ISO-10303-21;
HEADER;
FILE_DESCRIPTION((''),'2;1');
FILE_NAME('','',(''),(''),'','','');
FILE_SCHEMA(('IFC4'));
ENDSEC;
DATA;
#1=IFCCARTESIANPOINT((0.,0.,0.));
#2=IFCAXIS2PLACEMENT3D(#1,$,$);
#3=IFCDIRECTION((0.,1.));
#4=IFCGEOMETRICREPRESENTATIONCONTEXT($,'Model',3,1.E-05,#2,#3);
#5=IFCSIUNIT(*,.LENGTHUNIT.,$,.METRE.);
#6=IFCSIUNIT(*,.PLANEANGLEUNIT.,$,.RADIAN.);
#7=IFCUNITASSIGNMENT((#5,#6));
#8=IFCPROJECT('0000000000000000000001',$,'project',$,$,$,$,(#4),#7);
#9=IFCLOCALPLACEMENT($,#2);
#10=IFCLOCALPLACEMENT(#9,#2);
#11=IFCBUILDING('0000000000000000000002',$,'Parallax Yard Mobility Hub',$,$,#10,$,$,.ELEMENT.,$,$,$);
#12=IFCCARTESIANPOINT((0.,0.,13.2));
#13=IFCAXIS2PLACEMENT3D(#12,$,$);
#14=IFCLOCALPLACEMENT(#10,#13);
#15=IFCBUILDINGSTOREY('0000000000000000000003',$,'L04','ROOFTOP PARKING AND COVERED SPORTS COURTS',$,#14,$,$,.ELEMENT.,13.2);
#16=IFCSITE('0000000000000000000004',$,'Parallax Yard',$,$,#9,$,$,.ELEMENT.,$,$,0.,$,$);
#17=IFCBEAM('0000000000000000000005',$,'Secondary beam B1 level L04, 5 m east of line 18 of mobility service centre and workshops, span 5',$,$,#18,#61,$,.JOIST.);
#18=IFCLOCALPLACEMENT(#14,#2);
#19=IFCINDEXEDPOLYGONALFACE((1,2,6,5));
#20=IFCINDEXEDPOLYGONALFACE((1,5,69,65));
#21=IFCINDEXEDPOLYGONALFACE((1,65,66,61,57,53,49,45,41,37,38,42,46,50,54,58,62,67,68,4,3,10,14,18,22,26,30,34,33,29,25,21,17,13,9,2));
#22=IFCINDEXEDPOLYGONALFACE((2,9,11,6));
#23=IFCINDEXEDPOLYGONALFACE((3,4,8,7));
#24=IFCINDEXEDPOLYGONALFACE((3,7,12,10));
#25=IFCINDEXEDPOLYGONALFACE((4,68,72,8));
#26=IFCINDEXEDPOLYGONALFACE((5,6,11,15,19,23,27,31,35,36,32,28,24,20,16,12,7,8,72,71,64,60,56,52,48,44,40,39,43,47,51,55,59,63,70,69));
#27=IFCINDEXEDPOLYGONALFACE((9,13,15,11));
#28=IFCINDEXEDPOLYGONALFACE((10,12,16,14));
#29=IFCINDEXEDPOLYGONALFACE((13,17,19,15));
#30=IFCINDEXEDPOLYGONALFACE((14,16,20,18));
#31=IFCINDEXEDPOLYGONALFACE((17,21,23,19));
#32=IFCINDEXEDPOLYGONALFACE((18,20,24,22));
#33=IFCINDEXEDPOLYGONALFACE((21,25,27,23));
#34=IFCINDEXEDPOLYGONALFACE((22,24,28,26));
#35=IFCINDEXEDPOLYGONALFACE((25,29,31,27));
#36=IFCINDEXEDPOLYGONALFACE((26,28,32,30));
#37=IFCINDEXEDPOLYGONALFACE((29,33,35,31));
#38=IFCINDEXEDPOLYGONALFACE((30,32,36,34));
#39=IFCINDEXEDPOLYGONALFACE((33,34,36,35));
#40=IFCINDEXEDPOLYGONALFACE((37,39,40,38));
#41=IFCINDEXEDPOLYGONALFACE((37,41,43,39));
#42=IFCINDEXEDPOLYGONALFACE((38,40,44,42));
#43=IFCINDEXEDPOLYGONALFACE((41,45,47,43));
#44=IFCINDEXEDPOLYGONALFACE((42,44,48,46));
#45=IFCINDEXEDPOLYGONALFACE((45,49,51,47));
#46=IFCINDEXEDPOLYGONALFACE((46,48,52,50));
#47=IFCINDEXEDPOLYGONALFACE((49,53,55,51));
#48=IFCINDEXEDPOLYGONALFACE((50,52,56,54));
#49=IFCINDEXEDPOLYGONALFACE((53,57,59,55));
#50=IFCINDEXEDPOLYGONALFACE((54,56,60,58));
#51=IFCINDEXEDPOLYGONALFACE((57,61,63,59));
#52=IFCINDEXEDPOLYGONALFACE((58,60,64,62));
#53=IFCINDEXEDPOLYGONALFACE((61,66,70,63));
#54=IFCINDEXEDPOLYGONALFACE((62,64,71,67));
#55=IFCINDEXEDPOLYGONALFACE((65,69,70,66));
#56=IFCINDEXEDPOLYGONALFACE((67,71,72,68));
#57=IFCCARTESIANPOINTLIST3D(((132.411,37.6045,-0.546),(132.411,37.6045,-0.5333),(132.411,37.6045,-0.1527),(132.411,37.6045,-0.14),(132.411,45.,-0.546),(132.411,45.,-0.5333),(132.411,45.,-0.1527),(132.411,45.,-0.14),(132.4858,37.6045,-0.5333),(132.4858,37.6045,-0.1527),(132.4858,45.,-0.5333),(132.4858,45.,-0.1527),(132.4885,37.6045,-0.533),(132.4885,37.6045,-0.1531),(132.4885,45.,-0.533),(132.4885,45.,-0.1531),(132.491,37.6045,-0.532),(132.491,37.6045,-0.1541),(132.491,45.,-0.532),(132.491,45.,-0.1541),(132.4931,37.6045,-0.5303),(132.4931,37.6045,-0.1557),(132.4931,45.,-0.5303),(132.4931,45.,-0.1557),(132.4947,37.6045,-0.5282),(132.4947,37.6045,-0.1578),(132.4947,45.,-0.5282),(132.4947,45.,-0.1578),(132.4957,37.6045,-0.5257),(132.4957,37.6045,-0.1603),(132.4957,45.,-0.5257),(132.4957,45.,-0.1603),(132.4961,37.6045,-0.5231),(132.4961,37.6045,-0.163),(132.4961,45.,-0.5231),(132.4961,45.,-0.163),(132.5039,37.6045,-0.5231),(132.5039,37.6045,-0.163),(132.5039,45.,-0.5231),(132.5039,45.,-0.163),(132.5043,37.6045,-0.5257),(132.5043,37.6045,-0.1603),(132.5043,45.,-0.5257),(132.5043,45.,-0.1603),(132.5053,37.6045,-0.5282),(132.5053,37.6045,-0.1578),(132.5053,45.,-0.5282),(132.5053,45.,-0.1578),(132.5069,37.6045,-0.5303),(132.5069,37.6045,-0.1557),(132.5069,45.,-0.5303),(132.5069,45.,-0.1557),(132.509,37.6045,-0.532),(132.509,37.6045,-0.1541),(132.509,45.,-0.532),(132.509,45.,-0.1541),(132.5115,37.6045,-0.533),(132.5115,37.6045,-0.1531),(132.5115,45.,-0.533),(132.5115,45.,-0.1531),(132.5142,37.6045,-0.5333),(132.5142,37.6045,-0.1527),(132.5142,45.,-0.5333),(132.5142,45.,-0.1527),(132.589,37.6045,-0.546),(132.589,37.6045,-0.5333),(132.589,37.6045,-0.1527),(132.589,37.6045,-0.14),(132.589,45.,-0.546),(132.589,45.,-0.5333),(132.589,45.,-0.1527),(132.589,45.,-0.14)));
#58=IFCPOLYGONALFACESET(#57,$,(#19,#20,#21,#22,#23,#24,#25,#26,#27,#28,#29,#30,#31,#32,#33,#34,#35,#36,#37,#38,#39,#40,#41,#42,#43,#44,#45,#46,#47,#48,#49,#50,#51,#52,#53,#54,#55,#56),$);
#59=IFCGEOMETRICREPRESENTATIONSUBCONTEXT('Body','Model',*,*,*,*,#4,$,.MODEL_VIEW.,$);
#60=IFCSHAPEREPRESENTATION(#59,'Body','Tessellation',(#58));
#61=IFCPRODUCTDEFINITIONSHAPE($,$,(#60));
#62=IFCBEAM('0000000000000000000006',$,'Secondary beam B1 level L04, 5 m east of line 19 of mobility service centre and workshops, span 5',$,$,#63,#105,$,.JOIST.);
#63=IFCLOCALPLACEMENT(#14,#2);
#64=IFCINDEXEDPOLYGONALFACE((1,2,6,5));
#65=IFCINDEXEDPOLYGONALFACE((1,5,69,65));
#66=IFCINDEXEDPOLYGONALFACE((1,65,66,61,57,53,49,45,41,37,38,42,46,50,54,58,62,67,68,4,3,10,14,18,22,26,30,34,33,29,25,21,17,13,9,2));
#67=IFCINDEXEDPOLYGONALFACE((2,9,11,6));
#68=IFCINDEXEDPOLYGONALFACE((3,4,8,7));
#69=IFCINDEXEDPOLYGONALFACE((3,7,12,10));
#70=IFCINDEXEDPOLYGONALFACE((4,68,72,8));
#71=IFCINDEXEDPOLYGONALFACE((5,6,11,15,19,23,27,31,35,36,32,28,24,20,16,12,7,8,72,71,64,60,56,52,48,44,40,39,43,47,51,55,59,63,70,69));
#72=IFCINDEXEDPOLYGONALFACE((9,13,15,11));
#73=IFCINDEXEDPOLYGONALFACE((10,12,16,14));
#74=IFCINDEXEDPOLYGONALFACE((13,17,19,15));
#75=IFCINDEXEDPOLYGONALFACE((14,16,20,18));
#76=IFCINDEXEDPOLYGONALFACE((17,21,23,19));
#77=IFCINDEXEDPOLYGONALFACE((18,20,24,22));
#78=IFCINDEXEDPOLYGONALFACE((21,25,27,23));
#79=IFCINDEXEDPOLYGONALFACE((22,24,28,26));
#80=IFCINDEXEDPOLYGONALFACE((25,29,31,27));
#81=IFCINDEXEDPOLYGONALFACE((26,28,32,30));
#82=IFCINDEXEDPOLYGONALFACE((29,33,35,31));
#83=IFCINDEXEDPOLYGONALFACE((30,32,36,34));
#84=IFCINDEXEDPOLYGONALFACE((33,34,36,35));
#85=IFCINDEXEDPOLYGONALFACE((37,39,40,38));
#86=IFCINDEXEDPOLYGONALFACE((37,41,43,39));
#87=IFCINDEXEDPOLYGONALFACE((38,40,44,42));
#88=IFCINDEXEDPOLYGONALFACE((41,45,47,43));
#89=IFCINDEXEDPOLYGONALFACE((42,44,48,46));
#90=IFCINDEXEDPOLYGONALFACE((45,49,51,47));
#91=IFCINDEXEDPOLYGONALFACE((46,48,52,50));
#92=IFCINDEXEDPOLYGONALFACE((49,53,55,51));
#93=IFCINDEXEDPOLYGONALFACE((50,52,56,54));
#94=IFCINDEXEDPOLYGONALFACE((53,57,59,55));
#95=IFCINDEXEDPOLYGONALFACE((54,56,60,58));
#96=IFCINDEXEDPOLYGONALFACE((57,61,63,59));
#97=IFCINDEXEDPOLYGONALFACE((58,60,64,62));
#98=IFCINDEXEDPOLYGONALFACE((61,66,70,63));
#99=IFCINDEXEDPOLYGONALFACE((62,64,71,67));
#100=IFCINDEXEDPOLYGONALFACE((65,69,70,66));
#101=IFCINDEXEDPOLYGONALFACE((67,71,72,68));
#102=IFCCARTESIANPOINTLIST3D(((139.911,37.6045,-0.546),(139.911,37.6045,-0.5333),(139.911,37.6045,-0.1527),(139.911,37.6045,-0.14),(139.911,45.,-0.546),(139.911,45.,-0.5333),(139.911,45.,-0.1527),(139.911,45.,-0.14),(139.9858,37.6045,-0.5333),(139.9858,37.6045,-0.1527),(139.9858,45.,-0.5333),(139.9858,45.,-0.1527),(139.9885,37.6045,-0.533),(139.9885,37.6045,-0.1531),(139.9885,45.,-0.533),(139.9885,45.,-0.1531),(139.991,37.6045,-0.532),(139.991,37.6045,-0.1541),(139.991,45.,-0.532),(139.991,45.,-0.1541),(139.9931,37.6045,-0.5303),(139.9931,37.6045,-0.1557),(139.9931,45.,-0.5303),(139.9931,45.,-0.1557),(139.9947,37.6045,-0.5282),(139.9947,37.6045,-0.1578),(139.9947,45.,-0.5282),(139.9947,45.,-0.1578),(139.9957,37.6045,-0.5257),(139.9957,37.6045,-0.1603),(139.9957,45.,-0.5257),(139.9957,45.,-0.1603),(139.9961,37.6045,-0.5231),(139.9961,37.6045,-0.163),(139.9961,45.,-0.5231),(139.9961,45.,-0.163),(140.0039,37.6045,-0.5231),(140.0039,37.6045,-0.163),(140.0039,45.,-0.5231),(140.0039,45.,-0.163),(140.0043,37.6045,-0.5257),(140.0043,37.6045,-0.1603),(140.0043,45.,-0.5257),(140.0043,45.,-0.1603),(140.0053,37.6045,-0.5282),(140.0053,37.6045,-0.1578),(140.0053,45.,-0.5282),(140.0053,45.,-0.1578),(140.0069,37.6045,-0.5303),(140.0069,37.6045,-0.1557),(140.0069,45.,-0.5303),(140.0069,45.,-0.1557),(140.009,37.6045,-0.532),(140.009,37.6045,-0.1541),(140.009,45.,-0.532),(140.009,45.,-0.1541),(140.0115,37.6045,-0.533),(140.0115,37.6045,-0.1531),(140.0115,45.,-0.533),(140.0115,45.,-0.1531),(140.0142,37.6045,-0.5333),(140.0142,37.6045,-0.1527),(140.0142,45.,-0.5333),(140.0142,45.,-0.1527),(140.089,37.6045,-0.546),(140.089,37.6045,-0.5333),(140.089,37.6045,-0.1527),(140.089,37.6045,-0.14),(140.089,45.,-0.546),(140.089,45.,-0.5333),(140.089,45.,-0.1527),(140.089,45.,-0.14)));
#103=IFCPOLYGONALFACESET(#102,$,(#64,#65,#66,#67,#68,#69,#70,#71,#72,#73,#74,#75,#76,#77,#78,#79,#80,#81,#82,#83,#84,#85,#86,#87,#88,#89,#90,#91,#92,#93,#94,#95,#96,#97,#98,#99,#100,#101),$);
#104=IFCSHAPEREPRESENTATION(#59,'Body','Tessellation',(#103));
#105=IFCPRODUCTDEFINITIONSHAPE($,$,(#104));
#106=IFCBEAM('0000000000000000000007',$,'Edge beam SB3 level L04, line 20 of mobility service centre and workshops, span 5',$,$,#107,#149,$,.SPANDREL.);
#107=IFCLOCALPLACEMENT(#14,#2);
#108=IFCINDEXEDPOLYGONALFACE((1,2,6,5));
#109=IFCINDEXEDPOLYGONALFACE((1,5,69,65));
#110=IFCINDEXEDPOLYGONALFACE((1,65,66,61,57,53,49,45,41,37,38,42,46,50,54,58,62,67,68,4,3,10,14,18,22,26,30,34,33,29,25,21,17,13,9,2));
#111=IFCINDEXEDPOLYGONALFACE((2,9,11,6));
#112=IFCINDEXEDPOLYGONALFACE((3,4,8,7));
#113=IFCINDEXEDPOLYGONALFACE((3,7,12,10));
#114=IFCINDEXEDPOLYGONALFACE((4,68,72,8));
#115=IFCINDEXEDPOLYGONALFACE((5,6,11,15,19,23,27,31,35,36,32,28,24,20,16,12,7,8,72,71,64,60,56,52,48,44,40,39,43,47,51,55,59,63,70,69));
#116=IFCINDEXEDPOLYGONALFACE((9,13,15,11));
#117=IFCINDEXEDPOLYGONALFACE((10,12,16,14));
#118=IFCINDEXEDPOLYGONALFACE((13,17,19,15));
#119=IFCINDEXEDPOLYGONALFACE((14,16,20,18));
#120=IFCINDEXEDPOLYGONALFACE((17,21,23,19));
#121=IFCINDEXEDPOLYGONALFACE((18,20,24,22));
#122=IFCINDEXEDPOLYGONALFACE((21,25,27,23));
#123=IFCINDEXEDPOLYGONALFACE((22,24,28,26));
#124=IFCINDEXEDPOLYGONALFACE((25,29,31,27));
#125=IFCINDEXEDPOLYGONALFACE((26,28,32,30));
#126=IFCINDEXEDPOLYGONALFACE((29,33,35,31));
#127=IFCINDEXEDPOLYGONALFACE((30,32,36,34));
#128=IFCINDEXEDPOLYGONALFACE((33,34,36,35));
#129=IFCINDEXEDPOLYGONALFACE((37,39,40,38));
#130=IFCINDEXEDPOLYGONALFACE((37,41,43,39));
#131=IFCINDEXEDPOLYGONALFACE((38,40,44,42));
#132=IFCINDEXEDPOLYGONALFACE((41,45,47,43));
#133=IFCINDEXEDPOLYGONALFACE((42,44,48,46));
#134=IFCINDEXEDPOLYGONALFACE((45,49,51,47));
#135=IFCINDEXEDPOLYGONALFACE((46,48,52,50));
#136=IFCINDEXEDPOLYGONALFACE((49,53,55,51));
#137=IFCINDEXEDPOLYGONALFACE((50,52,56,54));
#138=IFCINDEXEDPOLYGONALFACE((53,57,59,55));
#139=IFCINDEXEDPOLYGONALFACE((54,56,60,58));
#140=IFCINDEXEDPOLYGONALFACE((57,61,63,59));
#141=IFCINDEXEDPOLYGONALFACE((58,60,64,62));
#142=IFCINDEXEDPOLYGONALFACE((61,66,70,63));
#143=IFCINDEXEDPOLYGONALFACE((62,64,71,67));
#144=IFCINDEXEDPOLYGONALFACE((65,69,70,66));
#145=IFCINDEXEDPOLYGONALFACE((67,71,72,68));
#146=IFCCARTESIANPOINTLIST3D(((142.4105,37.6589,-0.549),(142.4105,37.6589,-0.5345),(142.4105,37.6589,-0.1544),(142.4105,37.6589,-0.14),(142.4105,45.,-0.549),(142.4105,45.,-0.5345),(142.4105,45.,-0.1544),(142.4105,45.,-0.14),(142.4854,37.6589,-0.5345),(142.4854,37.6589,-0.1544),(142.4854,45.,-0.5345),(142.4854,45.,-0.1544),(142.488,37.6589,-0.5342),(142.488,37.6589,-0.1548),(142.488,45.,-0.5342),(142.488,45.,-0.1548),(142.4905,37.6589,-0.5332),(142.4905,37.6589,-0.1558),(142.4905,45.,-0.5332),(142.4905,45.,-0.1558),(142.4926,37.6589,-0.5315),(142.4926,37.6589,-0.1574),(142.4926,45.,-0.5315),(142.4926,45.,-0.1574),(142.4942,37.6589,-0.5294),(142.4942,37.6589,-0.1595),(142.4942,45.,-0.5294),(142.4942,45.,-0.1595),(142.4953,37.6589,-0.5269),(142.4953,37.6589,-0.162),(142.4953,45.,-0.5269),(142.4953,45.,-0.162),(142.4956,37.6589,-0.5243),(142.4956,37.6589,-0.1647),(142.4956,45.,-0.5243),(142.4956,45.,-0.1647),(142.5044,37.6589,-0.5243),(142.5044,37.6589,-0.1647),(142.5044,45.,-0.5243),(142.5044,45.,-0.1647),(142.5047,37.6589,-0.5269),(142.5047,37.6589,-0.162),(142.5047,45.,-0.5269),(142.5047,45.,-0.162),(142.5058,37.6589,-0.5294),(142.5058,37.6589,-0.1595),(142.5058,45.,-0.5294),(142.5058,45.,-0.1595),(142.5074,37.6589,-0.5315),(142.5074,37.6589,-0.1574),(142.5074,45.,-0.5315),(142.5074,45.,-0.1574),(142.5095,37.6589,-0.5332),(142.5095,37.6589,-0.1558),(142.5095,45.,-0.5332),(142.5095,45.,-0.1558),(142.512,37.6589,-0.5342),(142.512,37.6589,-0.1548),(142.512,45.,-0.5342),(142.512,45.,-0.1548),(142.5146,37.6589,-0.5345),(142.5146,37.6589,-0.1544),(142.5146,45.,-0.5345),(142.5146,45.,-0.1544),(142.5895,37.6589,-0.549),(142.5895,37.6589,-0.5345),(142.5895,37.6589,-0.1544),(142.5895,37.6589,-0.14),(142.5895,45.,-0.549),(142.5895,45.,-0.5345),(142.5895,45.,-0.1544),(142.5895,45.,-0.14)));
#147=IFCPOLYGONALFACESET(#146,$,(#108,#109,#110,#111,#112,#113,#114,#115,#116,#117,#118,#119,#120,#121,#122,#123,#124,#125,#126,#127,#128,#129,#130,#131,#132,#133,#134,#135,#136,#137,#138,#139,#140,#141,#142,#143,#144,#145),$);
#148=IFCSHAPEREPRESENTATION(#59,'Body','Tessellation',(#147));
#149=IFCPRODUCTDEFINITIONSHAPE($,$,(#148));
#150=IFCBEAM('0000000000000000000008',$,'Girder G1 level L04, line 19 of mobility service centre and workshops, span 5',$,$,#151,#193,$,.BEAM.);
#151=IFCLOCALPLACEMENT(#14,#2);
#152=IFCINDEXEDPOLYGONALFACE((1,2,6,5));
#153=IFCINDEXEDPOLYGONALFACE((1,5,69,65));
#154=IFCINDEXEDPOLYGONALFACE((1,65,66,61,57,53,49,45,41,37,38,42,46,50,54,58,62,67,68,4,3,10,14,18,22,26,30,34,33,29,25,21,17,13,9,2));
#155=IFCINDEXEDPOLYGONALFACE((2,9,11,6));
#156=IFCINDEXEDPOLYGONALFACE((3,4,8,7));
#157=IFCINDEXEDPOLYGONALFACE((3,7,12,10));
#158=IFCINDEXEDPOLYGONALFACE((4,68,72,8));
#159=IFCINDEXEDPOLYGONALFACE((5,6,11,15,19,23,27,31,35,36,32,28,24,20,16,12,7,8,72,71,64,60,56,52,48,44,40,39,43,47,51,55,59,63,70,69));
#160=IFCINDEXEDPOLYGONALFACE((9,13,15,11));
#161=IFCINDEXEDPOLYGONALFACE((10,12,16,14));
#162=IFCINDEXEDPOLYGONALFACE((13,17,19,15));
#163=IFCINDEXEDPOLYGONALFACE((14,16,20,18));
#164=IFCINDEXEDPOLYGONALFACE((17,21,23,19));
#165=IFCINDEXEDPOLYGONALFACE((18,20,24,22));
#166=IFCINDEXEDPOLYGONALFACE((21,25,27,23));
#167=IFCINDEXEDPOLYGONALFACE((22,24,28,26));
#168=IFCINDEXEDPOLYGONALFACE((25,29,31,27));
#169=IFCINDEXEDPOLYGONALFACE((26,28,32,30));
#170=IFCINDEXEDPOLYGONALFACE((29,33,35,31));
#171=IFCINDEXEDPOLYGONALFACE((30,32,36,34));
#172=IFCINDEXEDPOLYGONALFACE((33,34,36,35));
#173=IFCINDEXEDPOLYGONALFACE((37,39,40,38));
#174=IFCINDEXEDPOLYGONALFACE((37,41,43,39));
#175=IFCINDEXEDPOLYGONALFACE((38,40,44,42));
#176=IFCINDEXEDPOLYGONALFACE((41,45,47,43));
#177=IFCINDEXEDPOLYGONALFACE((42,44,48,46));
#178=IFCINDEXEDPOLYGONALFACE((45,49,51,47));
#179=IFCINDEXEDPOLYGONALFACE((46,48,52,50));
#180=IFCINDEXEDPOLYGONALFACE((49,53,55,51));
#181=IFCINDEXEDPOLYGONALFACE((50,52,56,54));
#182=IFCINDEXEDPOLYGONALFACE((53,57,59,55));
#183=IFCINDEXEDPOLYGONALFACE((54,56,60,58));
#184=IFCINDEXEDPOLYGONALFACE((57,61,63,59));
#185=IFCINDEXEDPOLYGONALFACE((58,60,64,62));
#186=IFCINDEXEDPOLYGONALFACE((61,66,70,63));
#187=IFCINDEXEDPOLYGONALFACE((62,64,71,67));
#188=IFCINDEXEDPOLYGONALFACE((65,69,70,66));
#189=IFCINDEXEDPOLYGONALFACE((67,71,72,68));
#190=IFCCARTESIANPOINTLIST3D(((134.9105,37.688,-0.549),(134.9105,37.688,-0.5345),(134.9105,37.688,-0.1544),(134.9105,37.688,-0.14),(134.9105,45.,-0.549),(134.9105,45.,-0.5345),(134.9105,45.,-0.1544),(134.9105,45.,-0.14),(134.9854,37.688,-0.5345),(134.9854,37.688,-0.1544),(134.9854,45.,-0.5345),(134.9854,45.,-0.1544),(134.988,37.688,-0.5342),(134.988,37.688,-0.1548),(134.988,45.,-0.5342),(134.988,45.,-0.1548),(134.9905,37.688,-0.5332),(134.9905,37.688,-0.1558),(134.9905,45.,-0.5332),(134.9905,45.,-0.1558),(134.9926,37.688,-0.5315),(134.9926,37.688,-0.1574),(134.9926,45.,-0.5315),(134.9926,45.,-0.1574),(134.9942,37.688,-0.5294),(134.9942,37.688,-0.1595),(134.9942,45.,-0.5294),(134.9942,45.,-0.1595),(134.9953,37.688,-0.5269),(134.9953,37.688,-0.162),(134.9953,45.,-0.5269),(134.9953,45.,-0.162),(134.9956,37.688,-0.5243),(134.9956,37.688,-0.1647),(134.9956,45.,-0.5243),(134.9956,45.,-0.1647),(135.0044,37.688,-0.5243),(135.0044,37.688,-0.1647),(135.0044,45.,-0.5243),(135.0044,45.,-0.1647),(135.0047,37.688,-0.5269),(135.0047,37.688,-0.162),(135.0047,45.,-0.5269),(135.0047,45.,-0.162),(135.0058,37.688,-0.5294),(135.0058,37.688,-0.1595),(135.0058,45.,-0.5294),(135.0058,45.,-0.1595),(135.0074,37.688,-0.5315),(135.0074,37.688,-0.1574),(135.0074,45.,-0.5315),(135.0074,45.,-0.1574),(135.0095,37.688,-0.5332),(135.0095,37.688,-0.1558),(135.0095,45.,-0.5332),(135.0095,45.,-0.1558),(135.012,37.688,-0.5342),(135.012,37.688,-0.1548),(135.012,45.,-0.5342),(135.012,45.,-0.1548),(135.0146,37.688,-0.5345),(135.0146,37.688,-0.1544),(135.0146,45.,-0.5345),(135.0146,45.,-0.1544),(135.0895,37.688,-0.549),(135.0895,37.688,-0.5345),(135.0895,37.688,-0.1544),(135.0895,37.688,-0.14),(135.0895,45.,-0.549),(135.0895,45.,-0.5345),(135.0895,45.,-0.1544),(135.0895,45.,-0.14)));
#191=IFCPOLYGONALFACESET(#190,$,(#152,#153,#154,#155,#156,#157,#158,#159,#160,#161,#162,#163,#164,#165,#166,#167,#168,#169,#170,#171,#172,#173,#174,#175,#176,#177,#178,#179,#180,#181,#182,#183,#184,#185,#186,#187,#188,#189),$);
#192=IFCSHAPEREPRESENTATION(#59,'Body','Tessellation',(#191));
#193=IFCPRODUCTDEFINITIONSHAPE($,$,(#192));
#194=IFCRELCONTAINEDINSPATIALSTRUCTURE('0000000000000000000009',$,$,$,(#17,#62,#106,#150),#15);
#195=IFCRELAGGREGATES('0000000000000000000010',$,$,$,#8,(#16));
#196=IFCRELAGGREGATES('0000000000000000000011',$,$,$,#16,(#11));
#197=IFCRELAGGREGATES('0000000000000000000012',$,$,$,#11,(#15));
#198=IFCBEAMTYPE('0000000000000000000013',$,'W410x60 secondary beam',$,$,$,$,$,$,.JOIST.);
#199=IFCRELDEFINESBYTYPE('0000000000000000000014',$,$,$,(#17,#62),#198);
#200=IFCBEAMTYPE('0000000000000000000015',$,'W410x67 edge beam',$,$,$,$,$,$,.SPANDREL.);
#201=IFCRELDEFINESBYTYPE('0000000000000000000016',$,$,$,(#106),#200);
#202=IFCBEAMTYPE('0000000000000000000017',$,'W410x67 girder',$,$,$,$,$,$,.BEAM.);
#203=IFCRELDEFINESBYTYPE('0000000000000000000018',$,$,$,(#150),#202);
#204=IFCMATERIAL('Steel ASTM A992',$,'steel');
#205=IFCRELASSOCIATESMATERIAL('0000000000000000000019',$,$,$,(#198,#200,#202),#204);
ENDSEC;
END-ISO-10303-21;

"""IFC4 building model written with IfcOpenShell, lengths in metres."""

from ifc_helpers import new_model, si_unit, direction, frame, origin, origin_2d, place, context, subcontext, project, spatial, i_section, extrude, material, material_profile, profile_set, type_object, element, save


model = new_model("IFC4")

# Units and contexts
model_context = context("Model", 3, precision=1e-05, world=origin(), true_north=direction((0.0, 1.0)))
body_context = subcontext(model_context, "Body", "Model", "MODEL_VIEW")
ifc_project = project(units=[si_unit("LENGTHUNIT", "METRE"), si_unit("PLANEANGLEUNIT", "RADIAN")], contexts=[model_context])

# Site, building, storey
site_placement = place(None, origin())
site = spatial("IfcSite", under=ifc_project, at=site_placement, Name="Parallax Yard", CompositionType="ELEMENT", RefElevation=0.0)
building_placement = place(site_placement, origin())
building = spatial("IfcBuilding", under=site, at=building_placement, Name="Parallax Yard Mobility Hub", CompositionType="ELEMENT")
storey_placement = place(building_placement, frame((0.0, 0.0, 13.2)))
storey = spatial("IfcBuildingStorey", under=building, at=storey_placement, Name="L04", Description="ROOFTOP PARKING AND COVERED SPORTS COURTS", CompositionType="ELEMENT", Elevation=13.2)

# Shared definitions
ifc_material_1 = material(Name="Steel ASTM A992", Category="steel")

# Beams
ifc_material_profile_1 = material_profile(ifc_material_1, i_section(OverallWidth=0.178, OverallDepth=0.406, WebThickness=0.0078, FlangeThickness=0.0127, FilletRadius=0.0103, at=origin_2d()), Name="W410x60")
ifc_profile_set_1 = profile_set([ifc_material_profile_1], Name="Steel ASTM A992")
beam_type_1 = type_object("IfcBeamType", Name="W410x60 secondary beam", PredefinedType="JOIST", material=ifc_profile_set_1)
for number, where, z_axis, x_axis, name in (
    (1, (132.5, 37.6045, -0.343), (0.0, 1.0, 0.0), (-1.0, 0.0, 0.0), "Secondary beam B1 level L04, 5 m east of line 18 of mobility service centre and workshops, span 5"),
    (2, (140.0, 37.6045, -0.343), (0.0, 1.0, 0.0), (-1.0, 0.0, 0.0), "Secondary beam B1 level L04, 5 m east of line 19 of mobility service centre and workshops, span 5"),
):
    element("IfcBeam", number, at=place(storey_placement, frame(where, z_axis=z_axis, x_axis=x_axis)), inside=storey, type_object=beam_type_1, Name=name, PredefinedType="JOIST", context=body_context, shape_type="SweptSolid", body=[
        extrude(i_section(OverallWidth=0.178, OverallDepth=0.406, WebThickness=0.0078, FlangeThickness=0.0127, FilletRadius=0.0103, at=origin_2d()), origin(), (0.0, 0.0, 1.0), 7.3955),
    ])
ifc_material_profile_2 = material_profile(ifc_material_1, i_section(OverallWidth=0.179, OverallDepth=0.4089, WebThickness=0.0088, FlangeThickness=0.0144, FilletRadius=0.0103, at=origin_2d()), Name="W410x67")
ifc_profile_set_2 = profile_set([ifc_material_profile_2], Name="Steel ASTM A992")
beam_type_2 = type_object("IfcBeamType", Name="W410x67 edge beam", PredefinedType="SPANDREL", material=ifc_profile_set_2)
beam_1_placement = place(storey_placement, frame((142.5, 37.6589, -0.3445), z_axis=(0.0, 1.0, 0.0), x_axis=(-1.0, 0.0, 0.0)))
element("IfcBeam", 3, at=beam_1_placement, inside=storey, type_object=beam_type_2, Name="Edge beam SB3 level L04, line 20 of mobility service centre and workshops, span 5", PredefinedType="SPANDREL", context=body_context, shape_type="SweptSolid", body=[
    extrude(i_section(OverallWidth=0.179, OverallDepth=0.4089, WebThickness=0.0088, FlangeThickness=0.0144, FilletRadius=0.0103, at=origin_2d()), origin(), (0.0, 0.0, 1.0), 7.3411),
])
ifc_material_profile_3 = material_profile(ifc_material_1, i_section(OverallWidth=0.179, OverallDepth=0.4089, WebThickness=0.0088, FlangeThickness=0.0144, FilletRadius=0.0103, at=origin_2d()), Name="W410x67")
ifc_profile_set_3 = profile_set([ifc_material_profile_3], Name="Steel ASTM A992")
beam_type_3 = type_object("IfcBeamType", Name="W410x67 girder", PredefinedType="BEAM", material=ifc_profile_set_3)
beam_2_placement = place(storey_placement, frame((135.0, 37.688, -0.3445), z_axis=(0.0, 1.0, 0.0), x_axis=(-1.0, 0.0, 0.0)))
element("IfcBeam", 4, at=beam_2_placement, inside=storey, type_object=beam_type_3, Name="Girder G1 level L04, line 19 of mobility service centre and workshops, span 5", PredefinedType="BEAM", context=body_context, shape_type="SweptSolid", body=[
    extrude(i_section(OverallWidth=0.179, OverallDepth=0.4089, WebThickness=0.0088, FlangeThickness=0.0144, FilletRadius=0.0103, at=origin_2d()), origin(), (0.0, 0.0, 1.0), 7.312),
])

save(model, "model.ifc")
